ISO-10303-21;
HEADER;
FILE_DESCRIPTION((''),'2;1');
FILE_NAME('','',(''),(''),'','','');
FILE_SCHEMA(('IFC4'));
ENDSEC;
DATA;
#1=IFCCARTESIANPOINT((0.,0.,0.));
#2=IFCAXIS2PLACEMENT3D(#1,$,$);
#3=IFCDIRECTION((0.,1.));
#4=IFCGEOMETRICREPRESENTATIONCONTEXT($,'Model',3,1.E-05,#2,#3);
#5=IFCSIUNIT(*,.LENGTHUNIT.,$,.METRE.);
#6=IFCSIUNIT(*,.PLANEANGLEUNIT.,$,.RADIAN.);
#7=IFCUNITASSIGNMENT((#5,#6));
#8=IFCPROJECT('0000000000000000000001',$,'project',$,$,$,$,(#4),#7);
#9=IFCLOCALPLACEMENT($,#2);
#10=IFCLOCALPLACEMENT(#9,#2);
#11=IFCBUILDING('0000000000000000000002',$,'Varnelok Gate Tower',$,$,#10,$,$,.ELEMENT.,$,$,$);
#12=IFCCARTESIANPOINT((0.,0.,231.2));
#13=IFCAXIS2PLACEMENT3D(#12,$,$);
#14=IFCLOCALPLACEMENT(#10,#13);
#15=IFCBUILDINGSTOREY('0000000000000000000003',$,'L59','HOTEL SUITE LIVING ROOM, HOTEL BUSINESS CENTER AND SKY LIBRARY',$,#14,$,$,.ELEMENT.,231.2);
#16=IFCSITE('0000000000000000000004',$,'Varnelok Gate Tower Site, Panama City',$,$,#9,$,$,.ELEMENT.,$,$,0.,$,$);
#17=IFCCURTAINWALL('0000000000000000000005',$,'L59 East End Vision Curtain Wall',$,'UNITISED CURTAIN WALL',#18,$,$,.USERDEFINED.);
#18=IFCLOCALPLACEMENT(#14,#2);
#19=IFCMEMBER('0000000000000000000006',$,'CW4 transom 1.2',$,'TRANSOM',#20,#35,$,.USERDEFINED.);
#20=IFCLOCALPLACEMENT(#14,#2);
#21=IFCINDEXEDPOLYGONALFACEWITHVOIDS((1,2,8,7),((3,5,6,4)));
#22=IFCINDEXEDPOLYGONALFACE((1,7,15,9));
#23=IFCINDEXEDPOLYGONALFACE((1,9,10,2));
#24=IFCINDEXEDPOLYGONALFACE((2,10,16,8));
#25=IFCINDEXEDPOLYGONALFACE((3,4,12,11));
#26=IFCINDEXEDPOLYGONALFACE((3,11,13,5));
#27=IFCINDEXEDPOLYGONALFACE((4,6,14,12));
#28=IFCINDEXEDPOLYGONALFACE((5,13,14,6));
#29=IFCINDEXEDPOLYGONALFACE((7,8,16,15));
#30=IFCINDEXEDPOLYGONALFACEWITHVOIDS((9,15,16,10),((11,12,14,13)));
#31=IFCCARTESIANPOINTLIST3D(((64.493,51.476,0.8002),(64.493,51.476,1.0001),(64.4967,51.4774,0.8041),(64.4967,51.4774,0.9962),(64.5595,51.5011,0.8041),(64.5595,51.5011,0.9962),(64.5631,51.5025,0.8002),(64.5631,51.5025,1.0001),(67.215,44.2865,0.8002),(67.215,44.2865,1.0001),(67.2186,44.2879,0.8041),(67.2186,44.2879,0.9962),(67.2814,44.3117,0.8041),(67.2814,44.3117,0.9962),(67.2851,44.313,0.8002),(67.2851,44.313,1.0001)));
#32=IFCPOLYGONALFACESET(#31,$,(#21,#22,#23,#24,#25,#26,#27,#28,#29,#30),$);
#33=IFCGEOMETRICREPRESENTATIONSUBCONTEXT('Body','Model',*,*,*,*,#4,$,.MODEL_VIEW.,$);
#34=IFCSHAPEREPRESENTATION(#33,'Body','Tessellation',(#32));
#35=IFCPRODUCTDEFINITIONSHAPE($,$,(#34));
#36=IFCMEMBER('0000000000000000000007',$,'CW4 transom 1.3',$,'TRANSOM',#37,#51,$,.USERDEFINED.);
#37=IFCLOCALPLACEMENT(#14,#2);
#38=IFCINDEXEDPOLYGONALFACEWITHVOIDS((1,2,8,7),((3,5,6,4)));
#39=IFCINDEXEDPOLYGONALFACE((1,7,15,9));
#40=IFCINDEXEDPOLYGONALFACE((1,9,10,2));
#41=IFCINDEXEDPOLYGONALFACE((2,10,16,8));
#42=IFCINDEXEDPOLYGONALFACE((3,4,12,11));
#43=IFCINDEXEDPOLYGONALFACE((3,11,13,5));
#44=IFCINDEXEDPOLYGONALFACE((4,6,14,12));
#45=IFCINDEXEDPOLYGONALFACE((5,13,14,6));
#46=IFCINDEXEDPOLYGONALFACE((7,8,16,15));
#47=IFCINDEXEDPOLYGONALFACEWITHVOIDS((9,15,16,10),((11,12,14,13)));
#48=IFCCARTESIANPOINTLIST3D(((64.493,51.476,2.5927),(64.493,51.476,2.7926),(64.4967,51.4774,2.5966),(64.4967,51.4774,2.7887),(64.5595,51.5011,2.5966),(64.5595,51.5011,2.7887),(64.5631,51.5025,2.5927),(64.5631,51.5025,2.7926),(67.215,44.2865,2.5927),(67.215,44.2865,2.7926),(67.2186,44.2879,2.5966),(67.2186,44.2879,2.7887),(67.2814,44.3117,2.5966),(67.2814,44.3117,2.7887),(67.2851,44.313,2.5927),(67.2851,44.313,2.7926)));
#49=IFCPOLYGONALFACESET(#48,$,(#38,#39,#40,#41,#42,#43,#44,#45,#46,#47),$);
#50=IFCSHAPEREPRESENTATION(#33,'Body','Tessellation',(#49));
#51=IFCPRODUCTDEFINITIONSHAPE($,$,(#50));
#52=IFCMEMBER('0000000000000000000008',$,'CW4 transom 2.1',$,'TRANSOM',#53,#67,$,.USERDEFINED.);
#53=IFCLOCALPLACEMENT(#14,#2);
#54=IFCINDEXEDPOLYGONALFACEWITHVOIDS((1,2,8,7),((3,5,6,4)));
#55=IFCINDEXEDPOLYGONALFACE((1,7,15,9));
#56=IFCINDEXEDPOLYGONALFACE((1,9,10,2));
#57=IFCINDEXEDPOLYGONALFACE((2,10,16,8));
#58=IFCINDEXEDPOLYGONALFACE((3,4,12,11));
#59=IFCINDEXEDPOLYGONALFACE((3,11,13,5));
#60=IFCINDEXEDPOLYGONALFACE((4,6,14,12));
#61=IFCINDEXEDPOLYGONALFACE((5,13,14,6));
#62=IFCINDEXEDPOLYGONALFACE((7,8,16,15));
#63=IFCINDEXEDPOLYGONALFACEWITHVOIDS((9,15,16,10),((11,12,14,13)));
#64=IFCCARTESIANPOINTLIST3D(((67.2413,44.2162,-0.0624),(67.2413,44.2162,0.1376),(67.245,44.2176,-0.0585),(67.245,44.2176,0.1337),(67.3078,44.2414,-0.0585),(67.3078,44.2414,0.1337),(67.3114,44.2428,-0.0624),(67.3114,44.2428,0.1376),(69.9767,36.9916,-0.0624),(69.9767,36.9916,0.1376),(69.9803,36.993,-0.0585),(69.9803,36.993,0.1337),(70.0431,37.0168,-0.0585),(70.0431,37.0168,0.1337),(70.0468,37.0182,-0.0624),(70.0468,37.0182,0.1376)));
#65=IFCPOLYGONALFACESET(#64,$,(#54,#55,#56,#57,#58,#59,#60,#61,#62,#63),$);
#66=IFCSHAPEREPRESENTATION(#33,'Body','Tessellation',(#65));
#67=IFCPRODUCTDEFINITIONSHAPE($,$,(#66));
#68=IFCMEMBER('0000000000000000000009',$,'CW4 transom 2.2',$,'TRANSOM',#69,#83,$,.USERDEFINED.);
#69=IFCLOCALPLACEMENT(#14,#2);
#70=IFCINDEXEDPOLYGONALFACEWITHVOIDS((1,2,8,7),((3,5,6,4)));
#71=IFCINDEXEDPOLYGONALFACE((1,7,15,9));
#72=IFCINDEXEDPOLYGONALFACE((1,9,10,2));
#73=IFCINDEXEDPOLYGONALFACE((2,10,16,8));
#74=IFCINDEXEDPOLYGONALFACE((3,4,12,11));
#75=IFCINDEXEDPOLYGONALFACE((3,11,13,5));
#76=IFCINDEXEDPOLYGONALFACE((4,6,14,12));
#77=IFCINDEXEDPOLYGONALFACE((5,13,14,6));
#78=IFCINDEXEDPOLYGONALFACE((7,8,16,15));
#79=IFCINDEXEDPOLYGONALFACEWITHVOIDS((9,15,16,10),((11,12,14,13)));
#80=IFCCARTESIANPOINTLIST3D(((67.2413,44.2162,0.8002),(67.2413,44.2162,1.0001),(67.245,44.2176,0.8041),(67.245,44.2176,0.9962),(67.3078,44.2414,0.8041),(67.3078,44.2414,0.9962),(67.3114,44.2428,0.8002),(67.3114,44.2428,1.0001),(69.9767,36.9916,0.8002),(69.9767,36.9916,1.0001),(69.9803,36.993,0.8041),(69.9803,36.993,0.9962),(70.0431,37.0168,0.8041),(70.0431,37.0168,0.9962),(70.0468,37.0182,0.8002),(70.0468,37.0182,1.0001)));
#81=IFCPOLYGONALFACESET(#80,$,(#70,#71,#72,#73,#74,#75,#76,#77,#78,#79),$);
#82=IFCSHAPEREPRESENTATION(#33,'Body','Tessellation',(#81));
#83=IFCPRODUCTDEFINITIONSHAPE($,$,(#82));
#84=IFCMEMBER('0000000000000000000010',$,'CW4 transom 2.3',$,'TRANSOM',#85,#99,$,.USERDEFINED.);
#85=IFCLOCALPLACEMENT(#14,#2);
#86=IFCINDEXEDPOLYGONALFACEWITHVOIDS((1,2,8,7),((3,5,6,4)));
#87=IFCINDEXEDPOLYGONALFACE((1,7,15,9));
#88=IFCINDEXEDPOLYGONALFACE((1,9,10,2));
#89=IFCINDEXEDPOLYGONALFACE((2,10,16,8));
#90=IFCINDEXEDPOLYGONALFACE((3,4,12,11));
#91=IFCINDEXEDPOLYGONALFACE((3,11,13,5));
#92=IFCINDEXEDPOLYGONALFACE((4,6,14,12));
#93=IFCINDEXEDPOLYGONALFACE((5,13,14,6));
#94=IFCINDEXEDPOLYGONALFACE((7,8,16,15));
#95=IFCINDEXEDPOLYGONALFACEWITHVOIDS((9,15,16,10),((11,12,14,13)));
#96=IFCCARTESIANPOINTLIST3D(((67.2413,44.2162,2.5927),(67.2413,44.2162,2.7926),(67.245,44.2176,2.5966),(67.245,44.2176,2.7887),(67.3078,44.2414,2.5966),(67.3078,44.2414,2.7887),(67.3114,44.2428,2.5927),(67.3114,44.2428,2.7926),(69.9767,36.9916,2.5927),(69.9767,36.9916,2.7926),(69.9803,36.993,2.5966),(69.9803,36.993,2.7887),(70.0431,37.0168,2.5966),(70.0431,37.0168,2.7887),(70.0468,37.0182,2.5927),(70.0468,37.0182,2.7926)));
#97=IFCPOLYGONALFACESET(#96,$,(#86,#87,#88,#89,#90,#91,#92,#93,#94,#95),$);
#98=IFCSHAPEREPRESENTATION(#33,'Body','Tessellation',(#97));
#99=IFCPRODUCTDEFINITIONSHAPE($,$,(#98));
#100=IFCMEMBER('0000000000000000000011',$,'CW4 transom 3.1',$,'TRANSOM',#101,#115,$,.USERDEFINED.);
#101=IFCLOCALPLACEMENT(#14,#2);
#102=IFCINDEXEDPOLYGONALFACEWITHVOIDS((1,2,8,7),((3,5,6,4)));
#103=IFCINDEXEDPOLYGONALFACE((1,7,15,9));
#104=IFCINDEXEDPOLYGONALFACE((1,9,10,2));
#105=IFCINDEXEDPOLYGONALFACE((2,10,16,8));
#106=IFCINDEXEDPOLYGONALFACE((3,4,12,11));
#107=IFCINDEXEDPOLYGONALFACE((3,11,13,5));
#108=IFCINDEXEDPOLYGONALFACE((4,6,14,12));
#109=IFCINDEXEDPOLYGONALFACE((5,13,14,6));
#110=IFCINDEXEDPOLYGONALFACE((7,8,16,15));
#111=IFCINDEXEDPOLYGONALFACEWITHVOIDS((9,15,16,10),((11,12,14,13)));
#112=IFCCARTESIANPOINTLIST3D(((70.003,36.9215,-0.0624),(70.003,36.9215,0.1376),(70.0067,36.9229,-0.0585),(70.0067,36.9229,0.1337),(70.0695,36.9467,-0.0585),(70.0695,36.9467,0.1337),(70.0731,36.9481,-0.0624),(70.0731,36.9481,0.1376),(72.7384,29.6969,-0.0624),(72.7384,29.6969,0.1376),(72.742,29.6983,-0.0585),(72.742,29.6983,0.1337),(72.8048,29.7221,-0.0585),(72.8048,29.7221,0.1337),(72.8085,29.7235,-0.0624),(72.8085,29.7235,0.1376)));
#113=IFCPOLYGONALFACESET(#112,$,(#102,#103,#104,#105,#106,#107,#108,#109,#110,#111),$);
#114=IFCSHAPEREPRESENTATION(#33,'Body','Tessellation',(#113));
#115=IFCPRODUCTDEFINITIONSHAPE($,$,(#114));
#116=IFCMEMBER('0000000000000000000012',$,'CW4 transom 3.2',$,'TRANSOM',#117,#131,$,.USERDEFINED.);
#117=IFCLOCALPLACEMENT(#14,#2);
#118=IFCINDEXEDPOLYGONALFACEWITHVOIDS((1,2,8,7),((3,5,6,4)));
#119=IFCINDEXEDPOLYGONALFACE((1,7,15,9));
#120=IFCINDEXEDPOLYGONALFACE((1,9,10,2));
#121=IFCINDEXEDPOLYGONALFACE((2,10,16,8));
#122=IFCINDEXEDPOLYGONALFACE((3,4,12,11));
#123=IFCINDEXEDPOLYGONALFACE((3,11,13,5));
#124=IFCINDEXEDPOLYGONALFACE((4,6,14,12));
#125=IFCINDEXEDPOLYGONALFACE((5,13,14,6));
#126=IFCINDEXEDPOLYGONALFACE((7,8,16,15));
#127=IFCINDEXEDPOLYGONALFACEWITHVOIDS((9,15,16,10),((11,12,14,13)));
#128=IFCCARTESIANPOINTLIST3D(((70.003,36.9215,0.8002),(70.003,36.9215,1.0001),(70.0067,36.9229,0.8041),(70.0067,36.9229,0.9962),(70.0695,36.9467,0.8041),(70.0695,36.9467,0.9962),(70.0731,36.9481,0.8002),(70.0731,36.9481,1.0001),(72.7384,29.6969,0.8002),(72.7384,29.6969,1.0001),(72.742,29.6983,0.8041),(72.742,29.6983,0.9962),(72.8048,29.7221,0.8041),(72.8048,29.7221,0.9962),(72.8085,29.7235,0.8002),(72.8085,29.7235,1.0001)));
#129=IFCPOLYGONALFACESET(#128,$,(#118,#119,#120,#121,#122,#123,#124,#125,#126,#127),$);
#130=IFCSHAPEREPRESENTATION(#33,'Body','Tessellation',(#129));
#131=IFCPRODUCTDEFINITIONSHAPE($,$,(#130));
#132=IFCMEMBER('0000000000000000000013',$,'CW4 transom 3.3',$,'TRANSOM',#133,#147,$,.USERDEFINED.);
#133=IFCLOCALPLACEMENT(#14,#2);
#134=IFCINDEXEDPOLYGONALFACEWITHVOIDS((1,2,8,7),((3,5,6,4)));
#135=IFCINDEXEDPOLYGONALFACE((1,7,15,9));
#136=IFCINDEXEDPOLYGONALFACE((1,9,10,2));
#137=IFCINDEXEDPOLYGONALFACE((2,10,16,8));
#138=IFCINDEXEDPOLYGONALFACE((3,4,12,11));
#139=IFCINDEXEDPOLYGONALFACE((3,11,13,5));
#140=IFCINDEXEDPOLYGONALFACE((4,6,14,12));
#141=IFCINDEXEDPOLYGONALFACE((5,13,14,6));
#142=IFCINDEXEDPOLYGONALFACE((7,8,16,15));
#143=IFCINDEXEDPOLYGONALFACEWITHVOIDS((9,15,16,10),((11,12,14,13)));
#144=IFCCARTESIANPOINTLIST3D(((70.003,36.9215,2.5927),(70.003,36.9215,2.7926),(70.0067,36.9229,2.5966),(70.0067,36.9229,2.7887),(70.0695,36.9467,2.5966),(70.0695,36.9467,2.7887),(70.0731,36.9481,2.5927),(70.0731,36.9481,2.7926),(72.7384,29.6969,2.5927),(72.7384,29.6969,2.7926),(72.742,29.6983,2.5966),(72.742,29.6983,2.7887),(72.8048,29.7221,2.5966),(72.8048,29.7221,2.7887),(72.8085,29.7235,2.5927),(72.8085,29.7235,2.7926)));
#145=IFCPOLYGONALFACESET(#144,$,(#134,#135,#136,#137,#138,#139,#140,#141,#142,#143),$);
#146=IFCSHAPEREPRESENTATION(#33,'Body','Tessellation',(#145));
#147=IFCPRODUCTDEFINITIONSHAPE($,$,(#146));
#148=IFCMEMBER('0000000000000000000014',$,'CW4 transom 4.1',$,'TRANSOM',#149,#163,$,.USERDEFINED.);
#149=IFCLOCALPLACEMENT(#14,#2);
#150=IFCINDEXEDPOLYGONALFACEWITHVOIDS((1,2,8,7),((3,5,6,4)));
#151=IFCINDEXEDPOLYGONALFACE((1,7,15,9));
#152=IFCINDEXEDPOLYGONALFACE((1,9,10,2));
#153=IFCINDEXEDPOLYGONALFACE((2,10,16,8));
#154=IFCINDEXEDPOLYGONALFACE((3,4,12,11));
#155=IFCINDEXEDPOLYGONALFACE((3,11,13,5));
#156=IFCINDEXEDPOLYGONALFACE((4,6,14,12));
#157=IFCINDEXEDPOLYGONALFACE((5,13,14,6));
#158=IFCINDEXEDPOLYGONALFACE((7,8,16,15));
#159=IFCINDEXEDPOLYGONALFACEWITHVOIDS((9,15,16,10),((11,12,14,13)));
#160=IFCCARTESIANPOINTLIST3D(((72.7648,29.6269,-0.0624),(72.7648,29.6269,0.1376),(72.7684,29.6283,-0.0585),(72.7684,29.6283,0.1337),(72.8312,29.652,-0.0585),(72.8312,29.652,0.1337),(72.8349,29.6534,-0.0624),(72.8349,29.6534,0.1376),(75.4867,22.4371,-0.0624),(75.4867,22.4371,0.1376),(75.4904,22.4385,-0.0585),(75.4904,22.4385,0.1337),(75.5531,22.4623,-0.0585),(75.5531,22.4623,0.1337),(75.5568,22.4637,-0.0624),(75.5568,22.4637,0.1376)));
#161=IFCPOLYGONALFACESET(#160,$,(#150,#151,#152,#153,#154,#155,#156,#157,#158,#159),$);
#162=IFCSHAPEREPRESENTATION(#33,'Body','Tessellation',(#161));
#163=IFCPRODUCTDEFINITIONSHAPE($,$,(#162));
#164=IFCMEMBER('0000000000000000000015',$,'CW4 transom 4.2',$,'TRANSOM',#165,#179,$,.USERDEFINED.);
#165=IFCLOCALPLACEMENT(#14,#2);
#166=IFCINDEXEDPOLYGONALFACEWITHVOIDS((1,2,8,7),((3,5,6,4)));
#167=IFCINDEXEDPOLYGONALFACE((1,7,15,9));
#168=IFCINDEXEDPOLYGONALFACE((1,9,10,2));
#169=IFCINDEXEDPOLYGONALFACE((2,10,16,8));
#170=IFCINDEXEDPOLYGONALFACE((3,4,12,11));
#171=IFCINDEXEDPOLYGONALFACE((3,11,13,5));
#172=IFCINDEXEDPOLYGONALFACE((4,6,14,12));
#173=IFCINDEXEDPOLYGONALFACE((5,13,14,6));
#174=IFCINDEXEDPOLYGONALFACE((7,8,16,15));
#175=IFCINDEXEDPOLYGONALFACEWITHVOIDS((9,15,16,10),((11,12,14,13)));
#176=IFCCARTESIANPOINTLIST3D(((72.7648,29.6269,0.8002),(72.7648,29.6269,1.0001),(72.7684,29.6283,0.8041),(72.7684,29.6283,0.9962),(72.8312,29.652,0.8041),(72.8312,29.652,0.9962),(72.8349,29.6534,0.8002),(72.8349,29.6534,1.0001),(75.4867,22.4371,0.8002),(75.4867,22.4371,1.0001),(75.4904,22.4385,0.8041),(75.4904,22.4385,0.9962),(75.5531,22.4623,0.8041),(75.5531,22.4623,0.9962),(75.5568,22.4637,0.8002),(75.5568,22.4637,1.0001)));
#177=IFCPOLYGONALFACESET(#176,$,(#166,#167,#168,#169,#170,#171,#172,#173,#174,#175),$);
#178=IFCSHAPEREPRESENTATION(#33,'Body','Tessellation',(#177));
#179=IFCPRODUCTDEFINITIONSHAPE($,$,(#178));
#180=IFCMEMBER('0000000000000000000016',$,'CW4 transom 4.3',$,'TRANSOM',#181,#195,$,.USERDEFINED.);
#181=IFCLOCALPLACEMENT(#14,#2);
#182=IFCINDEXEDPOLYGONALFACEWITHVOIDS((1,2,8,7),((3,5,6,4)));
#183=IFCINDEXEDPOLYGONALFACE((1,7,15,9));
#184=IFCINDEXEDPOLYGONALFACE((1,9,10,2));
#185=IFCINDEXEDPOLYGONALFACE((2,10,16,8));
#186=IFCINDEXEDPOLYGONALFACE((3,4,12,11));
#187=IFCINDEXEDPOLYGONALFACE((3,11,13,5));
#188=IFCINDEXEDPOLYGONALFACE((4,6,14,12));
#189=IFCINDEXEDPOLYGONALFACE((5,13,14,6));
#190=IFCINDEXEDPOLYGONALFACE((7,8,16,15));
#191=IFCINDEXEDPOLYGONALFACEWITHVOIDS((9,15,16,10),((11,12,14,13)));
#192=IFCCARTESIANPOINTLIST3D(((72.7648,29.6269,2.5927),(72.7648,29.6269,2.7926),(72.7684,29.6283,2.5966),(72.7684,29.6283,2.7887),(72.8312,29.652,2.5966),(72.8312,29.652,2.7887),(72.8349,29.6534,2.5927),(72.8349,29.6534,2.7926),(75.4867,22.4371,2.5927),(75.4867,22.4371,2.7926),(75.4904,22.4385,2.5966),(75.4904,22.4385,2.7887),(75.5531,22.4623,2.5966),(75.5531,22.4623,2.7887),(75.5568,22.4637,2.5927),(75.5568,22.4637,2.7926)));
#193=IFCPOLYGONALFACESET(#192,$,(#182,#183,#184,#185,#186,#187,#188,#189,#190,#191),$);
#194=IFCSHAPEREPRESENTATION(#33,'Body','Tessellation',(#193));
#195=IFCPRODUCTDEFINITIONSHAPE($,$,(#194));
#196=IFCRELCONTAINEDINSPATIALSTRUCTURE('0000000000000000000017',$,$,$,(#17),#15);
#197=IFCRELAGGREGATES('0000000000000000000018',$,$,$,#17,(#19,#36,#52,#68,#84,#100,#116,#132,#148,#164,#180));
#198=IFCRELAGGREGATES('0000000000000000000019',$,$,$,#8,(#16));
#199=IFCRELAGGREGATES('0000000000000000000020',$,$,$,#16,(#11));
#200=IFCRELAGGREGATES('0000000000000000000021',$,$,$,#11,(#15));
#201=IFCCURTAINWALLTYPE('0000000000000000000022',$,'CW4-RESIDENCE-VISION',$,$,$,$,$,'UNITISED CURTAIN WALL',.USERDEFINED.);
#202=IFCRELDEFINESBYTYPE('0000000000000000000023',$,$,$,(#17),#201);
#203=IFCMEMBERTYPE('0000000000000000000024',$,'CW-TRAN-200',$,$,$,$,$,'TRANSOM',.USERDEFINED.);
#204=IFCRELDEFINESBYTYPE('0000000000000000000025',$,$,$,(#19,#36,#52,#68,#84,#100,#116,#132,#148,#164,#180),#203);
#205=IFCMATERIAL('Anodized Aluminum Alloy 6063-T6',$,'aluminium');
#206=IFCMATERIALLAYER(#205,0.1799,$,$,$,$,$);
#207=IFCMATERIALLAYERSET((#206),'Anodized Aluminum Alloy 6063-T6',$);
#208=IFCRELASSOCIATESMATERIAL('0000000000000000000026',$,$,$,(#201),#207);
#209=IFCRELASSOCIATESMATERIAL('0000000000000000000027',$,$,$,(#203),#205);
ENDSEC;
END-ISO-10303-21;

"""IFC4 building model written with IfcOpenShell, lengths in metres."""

from ifc_helpers import new_model, si_unit, direction, frame, origin, origin_2d, place, context, subcontext, project, spatial, hollow_rectangle, extrude, material, layer, layer_set, material_profile, profile_set, type_object, element, aggregate, save


model = new_model("IFC4")

# Units and contexts
model_context = context("Model", 3, precision=1e-05, world=origin(), true_north=direction((0.0, 1.0)))
body_context = subcontext(model_context, "Body", "Model", "MODEL_VIEW")
ifc_project = project(units=[si_unit("LENGTHUNIT", "METRE"), si_unit("PLANEANGLEUNIT", "RADIAN")], contexts=[model_context])

# Site, building, storey
site_placement = place(None, origin())
site = spatial("IfcSite", under=ifc_project, at=site_placement, Name="Varnelok Gate Tower Site, Panama City", CompositionType="ELEMENT", RefElevation=0.0)
building_placement = place(site_placement, origin())
building = spatial("IfcBuilding", under=site, at=building_placement, Name="Varnelok Gate Tower", CompositionType="ELEMENT")
storey_placement = place(building_placement, frame((0.0, 0.0, 231.2)))
storey = spatial("IfcBuildingStorey", under=building, at=storey_placement, Name="L59", Description="HOTEL SUITE LIVING ROOM, HOTEL BUSINESS CENTER AND SKY LIBRARY", CompositionType="ELEMENT", Elevation=231.2)

# Curtain wall, members
ifc_material_1 = material(Name="Anodized Aluminum Alloy 6063-T6", Category="aluminium")
ifc_layer_1 = layer(ifc_material_1, 0.1799)
ifc_layer_set_1 = layer_set([ifc_layer_1], Name="Anodized Aluminum Alloy 6063-T6")
curtain_wall_type = type_object("IfcCurtainWallType", Name="CW4-RESIDENCE-VISION", ElementType="UNITISED CURTAIN WALL", PredefinedType="USERDEFINED", material=ifc_layer_set_1)
curtain_wall_placement = place(storey_placement, origin())
curtain_wall = element("IfcCurtainWall", 1, at=curtain_wall_placement, inside=storey, type_object=curtain_wall_type, Name="L59 East End Vision Curtain Wall", ObjectType="UNITISED CURTAIN WALL", PredefinedType="USERDEFINED")
ifc_material_profile_1 = material_profile(ifc_material_1, hollow_rectangle(XDim=0.075, YDim=0.2, WallThickness=0.0039, at=origin_2d()), Name="ALU200X75X4")
ifc_profile_set_1 = profile_set([ifc_material_profile_1], Name="Anodized Aluminum Alloy 6063-T6")
member_type_1 = type_object("IfcMemberType", Name="CW-TRAN-200", ElementType="TRANSOM", PredefinedType="USERDEFINED", material=ifc_profile_set_1)
member_1_placement = place(storey_placement, frame((64.5281, 51.4893, 0.9001), z_axis=(0.354073, -0.935218, 0.0), x_axis=(0.935218, 0.354073, 0.0)))
member_1 = element("IfcMember", 2, at=member_1_placement, type_object=member_type_1, Name="CW4 transom 1.2", ObjectType="TRANSOM", PredefinedType="USERDEFINED", context=body_context, shape_type="SweptSolid", body=[
    extrude(hollow_rectangle(XDim=0.075, YDim=0.2, WallThickness=0.0039, at=origin_2d()), origin(), (0.0, 0.0, 1.0), 7.6875),
])
member_2_placement = place(storey_placement, frame((64.5281, 51.4893, 2.6926), z_axis=(0.354073, -0.935218, 0.0), x_axis=(0.935218, 0.354073, 0.0)))
member_2 = element("IfcMember", 3, at=member_2_placement, type_object=member_type_1, Name="CW4 transom 1.3", ObjectType="TRANSOM", PredefinedType="USERDEFINED", context=body_context, shape_type="SweptSolid", body=[
    extrude(hollow_rectangle(XDim=0.075, YDim=0.2, WallThickness=0.0039, at=origin_2d()), origin(), (0.0, 0.0, 1.0), 7.6875),
])
member_3_placement = place(storey_placement, frame((67.2764, 44.2295, 0.0376), z_axis=(0.354086, -0.935213, 0.0), x_axis=(0.935213, 0.354086, 0.0)))
member_3 = element("IfcMember", 4, at=member_3_placement, type_object=member_type_1, Name="CW4 transom 2.1", ObjectType="TRANSOM", PredefinedType="USERDEFINED", context=body_context, shape_type="SweptSolid", body=[
    extrude(hollow_rectangle(XDim=0.075, YDim=0.2, WallThickness=0.0039, at=origin_2d()), origin(), (0.0, 0.0, 1.0), 7.7251),
])
member_4_placement = place(storey_placement, frame((67.2764, 44.2295, 0.9001), z_axis=(0.354086, -0.935213, 0.0), x_axis=(0.935213, 0.354086, 0.0)))
member_4 = element("IfcMember", 5, at=member_4_placement, type_object=member_type_1, Name="CW4 transom 2.2", ObjectType="TRANSOM", PredefinedType="USERDEFINED", context=body_context, shape_type="SweptSolid", body=[
    extrude(hollow_rectangle(XDim=0.075, YDim=0.2, WallThickness=0.0039, at=origin_2d()), origin(), (0.0, 0.0, 1.0), 7.7251),
])
member_5_placement = place(storey_placement, frame((67.2764, 44.2295, 2.6926), z_axis=(0.354086, -0.935213, 0.0), x_axis=(0.935213, 0.354086, 0.0)))
member_5 = element("IfcMember", 6, at=member_5_placement, type_object=member_type_1, Name="CW4 transom 2.3", ObjectType="TRANSOM", PredefinedType="USERDEFINED", context=body_context, shape_type="SweptSolid", body=[
    extrude(hollow_rectangle(XDim=0.075, YDim=0.2, WallThickness=0.0039, at=origin_2d()), origin(), (0.0, 0.0, 1.0), 7.7251),
])
member_6_placement = place(storey_placement, frame((70.0381, 36.9348, 0.0376), z_axis=(0.354086, -0.935213, 0.0), x_axis=(0.935213, 0.354086, 0.0)))
member_6 = element("IfcMember", 7, at=member_6_placement, type_object=member_type_1, Name="CW4 transom 3.1", ObjectType="TRANSOM", PredefinedType="USERDEFINED", context=body_context, shape_type="SweptSolid", body=[
    extrude(hollow_rectangle(XDim=0.075, YDim=0.2, WallThickness=0.0039, at=origin_2d()), origin(), (0.0, 0.0, 1.0), 7.7251),
])
member_7_placement = place(storey_placement, frame((70.0381, 36.9348, 0.9001), z_axis=(0.354086, -0.935213, 0.0), x_axis=(0.935213, 0.354086, 0.0)))
member_7 = element("IfcMember", 8, at=member_7_placement, type_object=member_type_1, Name="CW4 transom 3.2", ObjectType="TRANSOM", PredefinedType="USERDEFINED", context=body_context, shape_type="SweptSolid", body=[
    extrude(hollow_rectangle(XDim=0.075, YDim=0.2, WallThickness=0.0039, at=origin_2d()), origin(), (0.0, 0.0, 1.0), 7.7251),
])
member_8_placement = place(storey_placement, frame((70.0381, 36.9348, 2.6926), z_axis=(0.354086, -0.935213, 0.0), x_axis=(0.935213, 0.354086, 0.0)))
member_8 = element("IfcMember", 9, at=member_8_placement, type_object=member_type_1, Name="CW4 transom 3.3", ObjectType="TRANSOM", PredefinedType="USERDEFINED", context=body_context, shape_type="SweptSolid", body=[
    extrude(hollow_rectangle(XDim=0.075, YDim=0.2, WallThickness=0.0039, at=origin_2d()), origin(), (0.0, 0.0, 1.0), 7.7251),
])
member_9_placement = place(storey_placement, frame((72.7998, 29.6401, 0.0376), z_axis=(0.354063, -0.935222, 0.0), x_axis=(0.935222, 0.354063, 0.0)))
member_9 = element("IfcMember", 10, at=member_9_placement, type_object=member_type_1, Name="CW4 transom 4.1", ObjectType="TRANSOM", PredefinedType="USERDEFINED", context=body_context, shape_type="SweptSolid", body=[
    extrude(hollow_rectangle(XDim=0.075, YDim=0.2, WallThickness=0.0039, at=origin_2d()), origin(), (0.0, 0.0, 1.0), 7.6877),
])
member_10_placement = place(storey_placement, frame((72.7998, 29.6401, 0.9001), z_axis=(0.354063, -0.935222, 0.0), x_axis=(0.935222, 0.354063, 0.0)))
member_10 = element("IfcMember", 11, at=member_10_placement, type_object=member_type_1, Name="CW4 transom 4.2", ObjectType="TRANSOM", PredefinedType="USERDEFINED", context=body_context, shape_type="SweptSolid", body=[
    extrude(hollow_rectangle(XDim=0.075, YDim=0.2, WallThickness=0.0039, at=origin_2d()), origin(), (0.0, 0.0, 1.0), 7.6877),
])
member_11_placement = place(storey_placement, frame((72.7998, 29.6401, 2.6926), z_axis=(0.354063, -0.935222, 0.0), x_axis=(0.935222, 0.354063, 0.0)))
member_11 = element("IfcMember", 12, at=member_11_placement, type_object=member_type_1, Name="CW4 transom 4.3", ObjectType="TRANSOM", PredefinedType="USERDEFINED", context=body_context, shape_type="SweptSolid", body=[
    extrude(hollow_rectangle(XDim=0.075, YDim=0.2, WallThickness=0.0039, at=origin_2d()), origin(), (0.0, 0.0, 1.0), 7.6877),
])
aggregate(curtain_wall, [member_1, member_2, member_3, member_4, member_5, member_6, member_7, member_8, member_9, member_10, member_11])

save(model, "model.ifc")
